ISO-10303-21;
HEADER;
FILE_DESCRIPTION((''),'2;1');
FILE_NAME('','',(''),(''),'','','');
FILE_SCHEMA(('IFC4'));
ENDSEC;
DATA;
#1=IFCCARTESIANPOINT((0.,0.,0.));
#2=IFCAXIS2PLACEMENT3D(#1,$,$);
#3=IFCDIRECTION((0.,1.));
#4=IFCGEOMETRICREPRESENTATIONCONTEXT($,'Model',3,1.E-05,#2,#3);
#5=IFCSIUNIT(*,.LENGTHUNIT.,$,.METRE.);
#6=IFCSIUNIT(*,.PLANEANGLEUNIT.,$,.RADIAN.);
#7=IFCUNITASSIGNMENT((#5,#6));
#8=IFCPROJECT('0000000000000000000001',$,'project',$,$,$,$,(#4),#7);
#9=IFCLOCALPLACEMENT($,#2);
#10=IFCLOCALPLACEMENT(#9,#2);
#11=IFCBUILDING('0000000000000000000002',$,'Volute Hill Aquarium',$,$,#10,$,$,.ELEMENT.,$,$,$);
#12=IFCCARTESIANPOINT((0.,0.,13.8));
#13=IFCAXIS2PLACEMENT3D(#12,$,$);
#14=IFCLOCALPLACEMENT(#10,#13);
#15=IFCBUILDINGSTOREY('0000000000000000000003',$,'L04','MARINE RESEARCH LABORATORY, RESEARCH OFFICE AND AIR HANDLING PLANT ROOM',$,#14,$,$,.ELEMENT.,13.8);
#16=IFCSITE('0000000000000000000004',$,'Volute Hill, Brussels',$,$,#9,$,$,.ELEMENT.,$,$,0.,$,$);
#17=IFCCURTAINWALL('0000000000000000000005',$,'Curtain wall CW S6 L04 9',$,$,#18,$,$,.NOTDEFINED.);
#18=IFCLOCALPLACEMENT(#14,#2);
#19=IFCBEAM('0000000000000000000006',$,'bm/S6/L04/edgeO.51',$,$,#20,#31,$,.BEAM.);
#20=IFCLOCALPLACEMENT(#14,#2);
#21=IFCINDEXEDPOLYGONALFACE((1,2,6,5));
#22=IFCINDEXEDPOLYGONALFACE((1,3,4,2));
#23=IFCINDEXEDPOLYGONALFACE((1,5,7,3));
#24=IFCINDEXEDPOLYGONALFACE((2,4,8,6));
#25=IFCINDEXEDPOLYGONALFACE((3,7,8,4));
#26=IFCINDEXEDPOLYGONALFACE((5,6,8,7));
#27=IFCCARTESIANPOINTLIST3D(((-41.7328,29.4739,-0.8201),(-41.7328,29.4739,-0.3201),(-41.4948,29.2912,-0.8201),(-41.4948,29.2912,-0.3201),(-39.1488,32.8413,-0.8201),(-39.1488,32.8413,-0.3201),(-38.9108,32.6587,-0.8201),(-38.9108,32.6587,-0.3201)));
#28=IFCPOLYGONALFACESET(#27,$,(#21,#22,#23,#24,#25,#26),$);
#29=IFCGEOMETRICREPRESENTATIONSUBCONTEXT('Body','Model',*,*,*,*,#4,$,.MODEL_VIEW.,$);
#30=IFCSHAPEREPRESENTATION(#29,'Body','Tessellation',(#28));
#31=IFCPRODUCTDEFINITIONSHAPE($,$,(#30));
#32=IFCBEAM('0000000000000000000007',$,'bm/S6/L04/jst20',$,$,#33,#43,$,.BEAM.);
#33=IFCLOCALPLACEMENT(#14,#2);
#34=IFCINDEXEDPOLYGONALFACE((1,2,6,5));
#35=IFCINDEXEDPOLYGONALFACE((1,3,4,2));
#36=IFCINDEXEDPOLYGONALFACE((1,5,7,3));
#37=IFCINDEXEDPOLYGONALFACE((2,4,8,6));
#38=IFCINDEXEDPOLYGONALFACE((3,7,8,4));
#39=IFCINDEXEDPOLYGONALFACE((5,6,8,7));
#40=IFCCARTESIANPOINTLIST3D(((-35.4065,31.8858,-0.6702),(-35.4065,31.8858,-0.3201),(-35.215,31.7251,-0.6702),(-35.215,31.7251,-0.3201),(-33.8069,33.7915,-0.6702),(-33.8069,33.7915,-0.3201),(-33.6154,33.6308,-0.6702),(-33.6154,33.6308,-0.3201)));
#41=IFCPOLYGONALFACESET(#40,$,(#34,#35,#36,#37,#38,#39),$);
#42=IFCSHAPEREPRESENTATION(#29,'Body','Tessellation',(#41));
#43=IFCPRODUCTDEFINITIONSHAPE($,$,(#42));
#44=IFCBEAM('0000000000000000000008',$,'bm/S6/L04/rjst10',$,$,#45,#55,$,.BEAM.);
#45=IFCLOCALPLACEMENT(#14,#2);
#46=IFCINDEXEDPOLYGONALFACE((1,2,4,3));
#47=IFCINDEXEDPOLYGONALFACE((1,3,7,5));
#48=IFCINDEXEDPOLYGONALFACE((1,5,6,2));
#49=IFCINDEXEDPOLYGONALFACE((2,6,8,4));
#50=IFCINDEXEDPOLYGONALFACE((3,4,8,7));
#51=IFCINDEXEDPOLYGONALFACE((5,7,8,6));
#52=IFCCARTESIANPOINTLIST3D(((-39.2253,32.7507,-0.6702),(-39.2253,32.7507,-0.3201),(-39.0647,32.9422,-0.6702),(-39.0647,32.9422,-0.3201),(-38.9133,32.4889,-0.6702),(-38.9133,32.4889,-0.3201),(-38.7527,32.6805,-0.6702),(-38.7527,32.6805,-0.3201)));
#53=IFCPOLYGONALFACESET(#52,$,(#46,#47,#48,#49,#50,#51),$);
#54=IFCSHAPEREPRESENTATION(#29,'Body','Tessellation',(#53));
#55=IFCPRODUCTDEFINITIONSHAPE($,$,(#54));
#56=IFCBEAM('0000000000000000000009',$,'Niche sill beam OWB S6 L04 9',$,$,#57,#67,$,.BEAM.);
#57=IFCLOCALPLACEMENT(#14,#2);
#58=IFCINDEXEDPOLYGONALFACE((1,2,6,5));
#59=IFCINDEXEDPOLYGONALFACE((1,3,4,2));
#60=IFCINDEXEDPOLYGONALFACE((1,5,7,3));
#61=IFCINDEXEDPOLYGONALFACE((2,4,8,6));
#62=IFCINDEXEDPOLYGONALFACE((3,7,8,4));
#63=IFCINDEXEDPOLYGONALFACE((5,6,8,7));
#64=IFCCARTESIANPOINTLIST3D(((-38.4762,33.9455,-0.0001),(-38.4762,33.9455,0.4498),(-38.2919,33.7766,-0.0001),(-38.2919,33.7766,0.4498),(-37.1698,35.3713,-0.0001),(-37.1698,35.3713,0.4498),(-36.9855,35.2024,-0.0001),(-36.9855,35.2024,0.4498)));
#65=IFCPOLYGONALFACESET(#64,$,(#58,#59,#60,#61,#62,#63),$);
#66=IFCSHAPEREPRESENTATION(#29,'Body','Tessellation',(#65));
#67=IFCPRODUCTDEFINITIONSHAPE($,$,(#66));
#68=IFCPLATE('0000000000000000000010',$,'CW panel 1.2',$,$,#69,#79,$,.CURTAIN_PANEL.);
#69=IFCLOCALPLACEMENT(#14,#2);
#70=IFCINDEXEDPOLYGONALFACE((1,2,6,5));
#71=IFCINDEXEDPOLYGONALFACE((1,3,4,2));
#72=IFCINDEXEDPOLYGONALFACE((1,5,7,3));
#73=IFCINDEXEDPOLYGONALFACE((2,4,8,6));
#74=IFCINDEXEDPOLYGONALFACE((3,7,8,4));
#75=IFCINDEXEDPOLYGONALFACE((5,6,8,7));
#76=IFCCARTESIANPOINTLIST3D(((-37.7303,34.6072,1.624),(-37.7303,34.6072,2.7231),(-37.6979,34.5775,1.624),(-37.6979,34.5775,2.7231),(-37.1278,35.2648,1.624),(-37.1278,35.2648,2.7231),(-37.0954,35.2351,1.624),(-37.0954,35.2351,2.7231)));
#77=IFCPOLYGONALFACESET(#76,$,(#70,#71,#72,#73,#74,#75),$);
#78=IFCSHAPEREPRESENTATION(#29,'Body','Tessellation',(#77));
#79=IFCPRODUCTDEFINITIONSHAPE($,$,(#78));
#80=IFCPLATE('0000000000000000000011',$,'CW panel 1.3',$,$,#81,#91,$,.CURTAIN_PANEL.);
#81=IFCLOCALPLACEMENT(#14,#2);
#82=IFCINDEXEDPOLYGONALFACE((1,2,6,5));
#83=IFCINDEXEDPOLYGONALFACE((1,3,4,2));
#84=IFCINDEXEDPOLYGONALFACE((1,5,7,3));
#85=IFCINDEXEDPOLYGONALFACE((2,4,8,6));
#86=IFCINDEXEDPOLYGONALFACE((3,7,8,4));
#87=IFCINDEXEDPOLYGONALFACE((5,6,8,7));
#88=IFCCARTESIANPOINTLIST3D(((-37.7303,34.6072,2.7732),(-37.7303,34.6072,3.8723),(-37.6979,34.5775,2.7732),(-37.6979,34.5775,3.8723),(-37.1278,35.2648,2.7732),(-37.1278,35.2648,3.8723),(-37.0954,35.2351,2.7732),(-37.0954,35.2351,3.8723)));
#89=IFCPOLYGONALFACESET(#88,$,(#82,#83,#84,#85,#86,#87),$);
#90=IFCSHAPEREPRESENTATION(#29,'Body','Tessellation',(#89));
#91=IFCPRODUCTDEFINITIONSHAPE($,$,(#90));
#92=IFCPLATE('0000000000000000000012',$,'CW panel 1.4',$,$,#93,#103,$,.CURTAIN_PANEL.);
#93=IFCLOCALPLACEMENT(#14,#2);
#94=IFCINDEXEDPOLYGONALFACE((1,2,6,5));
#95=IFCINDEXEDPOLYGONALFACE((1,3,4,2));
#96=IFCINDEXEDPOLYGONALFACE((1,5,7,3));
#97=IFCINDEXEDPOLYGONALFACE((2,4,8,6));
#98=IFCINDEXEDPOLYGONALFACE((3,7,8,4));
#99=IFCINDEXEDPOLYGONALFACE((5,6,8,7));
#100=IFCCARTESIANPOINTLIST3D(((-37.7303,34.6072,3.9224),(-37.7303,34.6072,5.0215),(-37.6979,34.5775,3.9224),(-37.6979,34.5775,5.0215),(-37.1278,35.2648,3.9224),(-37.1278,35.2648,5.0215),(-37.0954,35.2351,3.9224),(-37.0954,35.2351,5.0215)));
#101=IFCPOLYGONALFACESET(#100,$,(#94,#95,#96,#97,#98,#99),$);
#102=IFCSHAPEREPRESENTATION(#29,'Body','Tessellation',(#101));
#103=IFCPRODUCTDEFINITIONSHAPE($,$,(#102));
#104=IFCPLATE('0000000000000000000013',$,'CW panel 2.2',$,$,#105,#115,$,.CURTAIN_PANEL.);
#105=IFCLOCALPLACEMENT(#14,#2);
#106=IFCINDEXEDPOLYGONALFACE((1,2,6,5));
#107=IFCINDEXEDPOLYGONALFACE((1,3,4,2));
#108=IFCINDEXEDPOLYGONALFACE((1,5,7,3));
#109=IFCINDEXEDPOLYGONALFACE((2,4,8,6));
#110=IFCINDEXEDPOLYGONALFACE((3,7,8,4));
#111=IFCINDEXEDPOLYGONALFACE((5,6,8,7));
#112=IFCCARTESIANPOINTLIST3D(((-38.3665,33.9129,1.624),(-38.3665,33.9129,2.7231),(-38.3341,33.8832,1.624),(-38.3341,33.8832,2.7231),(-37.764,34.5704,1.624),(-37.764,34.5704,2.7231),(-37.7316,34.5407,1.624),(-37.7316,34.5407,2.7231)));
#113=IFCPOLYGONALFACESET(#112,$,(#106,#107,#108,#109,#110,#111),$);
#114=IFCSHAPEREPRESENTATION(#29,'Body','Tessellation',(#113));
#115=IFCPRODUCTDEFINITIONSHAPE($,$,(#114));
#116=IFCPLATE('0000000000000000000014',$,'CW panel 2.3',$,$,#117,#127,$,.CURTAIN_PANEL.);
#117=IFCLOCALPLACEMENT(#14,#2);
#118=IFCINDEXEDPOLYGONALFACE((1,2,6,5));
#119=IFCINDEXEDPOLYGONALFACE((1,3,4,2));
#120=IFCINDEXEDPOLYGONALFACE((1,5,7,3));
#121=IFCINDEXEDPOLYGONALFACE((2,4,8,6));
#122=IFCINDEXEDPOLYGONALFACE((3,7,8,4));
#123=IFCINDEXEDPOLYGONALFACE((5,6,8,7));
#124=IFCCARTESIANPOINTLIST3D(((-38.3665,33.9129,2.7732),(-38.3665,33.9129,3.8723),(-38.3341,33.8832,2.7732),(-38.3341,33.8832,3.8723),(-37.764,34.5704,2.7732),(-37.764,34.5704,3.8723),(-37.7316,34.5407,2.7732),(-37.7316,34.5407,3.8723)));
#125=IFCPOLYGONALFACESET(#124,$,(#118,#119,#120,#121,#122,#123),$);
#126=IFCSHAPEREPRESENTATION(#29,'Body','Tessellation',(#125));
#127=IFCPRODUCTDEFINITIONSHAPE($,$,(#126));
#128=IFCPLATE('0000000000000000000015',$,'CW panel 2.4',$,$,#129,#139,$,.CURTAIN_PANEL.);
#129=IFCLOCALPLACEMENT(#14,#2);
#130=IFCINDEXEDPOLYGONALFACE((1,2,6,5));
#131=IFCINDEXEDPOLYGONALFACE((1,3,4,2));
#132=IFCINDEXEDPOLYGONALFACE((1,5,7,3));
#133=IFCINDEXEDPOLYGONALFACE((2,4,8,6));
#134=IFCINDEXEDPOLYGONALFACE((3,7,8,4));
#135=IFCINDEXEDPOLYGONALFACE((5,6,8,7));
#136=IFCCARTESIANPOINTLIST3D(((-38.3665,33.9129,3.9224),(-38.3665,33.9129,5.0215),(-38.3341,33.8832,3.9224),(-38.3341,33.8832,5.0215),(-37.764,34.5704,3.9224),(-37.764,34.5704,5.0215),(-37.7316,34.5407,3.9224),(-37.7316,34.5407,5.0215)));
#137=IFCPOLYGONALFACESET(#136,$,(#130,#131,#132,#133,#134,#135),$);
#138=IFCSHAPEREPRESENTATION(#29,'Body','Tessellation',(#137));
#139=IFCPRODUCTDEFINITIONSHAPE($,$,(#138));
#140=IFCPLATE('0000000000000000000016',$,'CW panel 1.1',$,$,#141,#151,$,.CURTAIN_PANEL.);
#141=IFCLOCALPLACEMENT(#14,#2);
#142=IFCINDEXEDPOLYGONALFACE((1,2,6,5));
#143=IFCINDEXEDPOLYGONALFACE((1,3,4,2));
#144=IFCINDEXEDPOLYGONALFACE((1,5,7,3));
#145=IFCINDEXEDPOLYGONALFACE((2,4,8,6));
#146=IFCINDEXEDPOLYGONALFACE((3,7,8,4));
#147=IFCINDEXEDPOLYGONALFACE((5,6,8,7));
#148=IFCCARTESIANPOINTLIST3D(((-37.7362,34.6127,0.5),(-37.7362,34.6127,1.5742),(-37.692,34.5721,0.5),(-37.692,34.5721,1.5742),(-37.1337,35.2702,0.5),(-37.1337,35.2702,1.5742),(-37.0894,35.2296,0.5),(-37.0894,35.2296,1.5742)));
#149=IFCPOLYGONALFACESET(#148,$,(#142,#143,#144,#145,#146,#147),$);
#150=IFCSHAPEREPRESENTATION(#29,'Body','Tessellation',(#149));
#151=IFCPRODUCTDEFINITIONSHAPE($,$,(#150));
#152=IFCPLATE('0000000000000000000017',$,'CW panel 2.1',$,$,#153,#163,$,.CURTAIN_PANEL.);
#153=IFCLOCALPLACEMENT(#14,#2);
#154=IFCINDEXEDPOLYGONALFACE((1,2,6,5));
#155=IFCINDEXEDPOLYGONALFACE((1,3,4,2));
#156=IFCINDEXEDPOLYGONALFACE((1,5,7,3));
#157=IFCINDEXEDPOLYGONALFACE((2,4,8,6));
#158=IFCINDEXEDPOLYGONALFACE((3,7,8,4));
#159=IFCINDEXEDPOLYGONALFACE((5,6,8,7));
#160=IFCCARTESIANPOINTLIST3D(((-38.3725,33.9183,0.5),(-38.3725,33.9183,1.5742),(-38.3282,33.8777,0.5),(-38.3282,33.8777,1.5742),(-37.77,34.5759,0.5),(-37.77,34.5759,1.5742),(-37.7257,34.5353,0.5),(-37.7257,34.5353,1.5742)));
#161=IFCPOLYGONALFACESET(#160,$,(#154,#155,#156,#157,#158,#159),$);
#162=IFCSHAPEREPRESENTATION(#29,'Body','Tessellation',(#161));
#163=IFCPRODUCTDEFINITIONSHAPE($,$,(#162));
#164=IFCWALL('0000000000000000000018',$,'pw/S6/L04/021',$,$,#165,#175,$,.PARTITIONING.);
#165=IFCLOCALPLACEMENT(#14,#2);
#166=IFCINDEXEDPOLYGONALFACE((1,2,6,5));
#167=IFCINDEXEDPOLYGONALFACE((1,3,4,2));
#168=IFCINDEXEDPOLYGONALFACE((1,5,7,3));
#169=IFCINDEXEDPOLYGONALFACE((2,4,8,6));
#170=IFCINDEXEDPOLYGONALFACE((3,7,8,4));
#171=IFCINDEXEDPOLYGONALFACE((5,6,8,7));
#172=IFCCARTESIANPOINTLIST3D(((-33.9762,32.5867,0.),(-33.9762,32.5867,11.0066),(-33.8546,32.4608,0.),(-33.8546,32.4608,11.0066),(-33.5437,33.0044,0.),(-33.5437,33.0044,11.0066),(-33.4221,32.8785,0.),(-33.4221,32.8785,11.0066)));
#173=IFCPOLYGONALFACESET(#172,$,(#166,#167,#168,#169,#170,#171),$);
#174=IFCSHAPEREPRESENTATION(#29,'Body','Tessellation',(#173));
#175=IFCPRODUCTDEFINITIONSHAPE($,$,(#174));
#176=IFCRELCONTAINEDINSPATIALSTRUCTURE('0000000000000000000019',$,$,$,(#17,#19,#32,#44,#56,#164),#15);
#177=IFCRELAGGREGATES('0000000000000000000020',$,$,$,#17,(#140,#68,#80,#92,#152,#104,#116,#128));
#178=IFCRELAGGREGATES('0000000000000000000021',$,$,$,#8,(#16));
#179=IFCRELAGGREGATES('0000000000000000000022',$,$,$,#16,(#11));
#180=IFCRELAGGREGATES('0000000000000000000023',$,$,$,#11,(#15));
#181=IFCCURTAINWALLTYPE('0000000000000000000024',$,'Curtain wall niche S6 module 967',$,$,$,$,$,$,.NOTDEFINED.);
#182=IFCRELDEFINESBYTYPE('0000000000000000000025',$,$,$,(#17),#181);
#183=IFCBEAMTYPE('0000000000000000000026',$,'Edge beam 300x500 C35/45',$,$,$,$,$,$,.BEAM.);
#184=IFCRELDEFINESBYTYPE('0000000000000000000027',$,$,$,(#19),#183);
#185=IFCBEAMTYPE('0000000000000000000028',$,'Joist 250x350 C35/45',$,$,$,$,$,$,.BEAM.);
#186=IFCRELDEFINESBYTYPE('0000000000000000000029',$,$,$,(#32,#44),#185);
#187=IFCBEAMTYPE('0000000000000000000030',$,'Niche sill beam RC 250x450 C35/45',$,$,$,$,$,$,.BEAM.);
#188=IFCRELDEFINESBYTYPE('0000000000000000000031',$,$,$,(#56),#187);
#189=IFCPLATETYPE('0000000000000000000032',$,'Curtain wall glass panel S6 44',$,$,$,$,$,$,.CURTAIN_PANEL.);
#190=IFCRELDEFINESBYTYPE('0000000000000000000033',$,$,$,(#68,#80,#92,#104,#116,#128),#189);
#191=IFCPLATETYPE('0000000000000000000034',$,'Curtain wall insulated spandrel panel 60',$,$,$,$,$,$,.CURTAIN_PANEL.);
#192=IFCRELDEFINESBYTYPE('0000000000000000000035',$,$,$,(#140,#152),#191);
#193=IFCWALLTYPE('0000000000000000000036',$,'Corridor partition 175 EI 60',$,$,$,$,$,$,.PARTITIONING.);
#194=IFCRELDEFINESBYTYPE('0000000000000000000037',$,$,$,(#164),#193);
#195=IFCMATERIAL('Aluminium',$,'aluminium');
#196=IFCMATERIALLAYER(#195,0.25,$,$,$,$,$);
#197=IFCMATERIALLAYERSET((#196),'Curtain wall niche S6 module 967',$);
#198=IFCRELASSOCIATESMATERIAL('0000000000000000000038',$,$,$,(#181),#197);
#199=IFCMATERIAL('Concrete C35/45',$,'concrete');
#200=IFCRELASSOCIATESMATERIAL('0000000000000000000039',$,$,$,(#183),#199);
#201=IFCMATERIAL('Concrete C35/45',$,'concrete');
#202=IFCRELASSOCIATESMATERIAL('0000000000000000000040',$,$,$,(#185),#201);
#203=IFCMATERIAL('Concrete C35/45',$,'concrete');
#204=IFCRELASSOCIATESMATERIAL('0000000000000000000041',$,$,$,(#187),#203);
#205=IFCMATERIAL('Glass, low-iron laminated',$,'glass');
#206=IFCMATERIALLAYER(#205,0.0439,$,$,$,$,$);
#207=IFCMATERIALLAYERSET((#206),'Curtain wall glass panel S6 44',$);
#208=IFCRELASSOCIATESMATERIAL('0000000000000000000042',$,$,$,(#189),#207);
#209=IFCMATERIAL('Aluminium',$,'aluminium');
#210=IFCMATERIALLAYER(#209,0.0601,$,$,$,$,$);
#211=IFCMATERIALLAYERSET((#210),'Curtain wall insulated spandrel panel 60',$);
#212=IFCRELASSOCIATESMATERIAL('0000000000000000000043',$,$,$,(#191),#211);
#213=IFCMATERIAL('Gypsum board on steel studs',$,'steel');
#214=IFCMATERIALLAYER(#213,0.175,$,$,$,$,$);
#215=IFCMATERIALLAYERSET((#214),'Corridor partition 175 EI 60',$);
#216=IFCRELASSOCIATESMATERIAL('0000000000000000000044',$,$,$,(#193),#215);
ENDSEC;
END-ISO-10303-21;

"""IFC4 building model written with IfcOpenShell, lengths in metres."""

from ifc_helpers import new_model, si_unit, direction, frame, frame_2d, origin, origin_2d, place, context, subcontext, project, spatial, rectangle, extrude, material, layer, layer_set, material_profile, profile_set, type_object, element, aggregate, save


model = new_model("IFC4")

# Units and contexts
model_context = context("Model", 3, precision=1e-05, world=origin(), true_north=direction((0.0, 1.0)))
body_context = subcontext(model_context, "Body", "Model", "MODEL_VIEW")
ifc_project = project(units=[si_unit("LENGTHUNIT", "METRE"), si_unit("PLANEANGLEUNIT", "RADIAN")], contexts=[model_context])

# Site, building, storey
site_placement = place(None, origin())
site = spatial("IfcSite", under=ifc_project, at=site_placement, Name="Volute Hill, Brussels", CompositionType="ELEMENT", RefElevation=0.0)
building_placement = place(site_placement, origin())
building = spatial("IfcBuilding", under=site, at=building_placement, Name="Volute Hill Aquarium", CompositionType="ELEMENT")
storey_placement = place(building_placement, frame((0.0, 0.0, 13.8)))
storey = spatial("IfcBuildingStorey", under=building, at=storey_placement, Name="L04", Description="MARINE RESEARCH LABORATORY, RESEARCH OFFICE AND AIR HANDLING PLANT ROOM", CompositionType="ELEMENT", Elevation=13.8)

# Shared definitions
ifc_material_1 = material(Name="Aluminium", Category="aluminium")
ifc_layer_1 = layer(ifc_material_1, 0.25)
ifc_layer_set_1 = layer_set([ifc_layer_1], Name="Curtain wall niche S6 module 967")
curtain_wall_type = type_object("IfcCurtainWallType", Name="Curtain wall niche S6 module 967", PredefinedType="NOTDEFINED", material=ifc_layer_set_1)

# Curtain wall
curtain_wall_1_placement = place(storey_placement, origin())
curtain_wall_1 = element("IfcCurtainWall", 1, at=curtain_wall_1_placement, inside=storey, type_object=curtain_wall_type, Name="Curtain wall CW S6 L04 9", PredefinedType="NOTDEFINED")

# Beams
ifc_material_2 = material(Name="Concrete C35/45", Category="concrete")
ifc_material_profile_1 = material_profile(ifc_material_2, rectangle(XDim=0.3, YDim=0.5, at=origin_2d()), Name="RC edge beam 300x500")
ifc_profile_set_1 = profile_set([ifc_material_profile_1], Name="Concrete C35/45")
beam_type_1 = type_object("IfcBeamType", Name="Edge beam 300x500 C35/45", PredefinedType="BEAM", material=ifc_profile_set_1)
beam_1_placement = place(storey_placement, frame((-39.0298, 32.75, -0.5701), z_axis=(-0.608771, -0.793346, 0.0), x_axis=(0.793346, -0.608771, 0.0)))
element("IfcBeam", 2, at=beam_1_placement, inside=storey, type_object=beam_type_1, Name="bm/S6/L04/edgeO.51", PredefinedType="BEAM", context=body_context, shape_type="SweptSolid", body=[
    extrude(rectangle(XDim=0.3, YDim=0.5, at=origin_2d()), origin(), (0.0, 0.0, 1.0), 4.2446),
])
ifc_material_3 = material(Name="Concrete C35/45", Category="concrete")
ifc_material_profile_2 = material_profile(ifc_material_3, rectangle(XDim=0.25, YDim=0.3501, at=origin_2d()), Name="RC joist 250x350")
ifc_profile_set_2 = profile_set([ifc_material_profile_2], Name="Concrete C35/45")
beam_type_2 = type_object("IfcBeamType", Name="Joist 250x350 C35/45", PredefinedType="BEAM", material=ifc_profile_set_2)
beam_2_placement = place(storey_placement, frame((-33.7112, 33.7112, -0.4951), z_axis=(-0.642902, -0.765948, 0.0), x_axis=(0.765948, -0.642902, 0.0)))
element("IfcBeam", 3, at=beam_2_placement, inside=storey, type_object=beam_type_2, Name="bm/S6/L04/jst20", PredefinedType="BEAM", context=body_context, shape_type="SweptSolid", body=[
    extrude(rectangle(XDim=0.25, YDim=0.3501, at=origin_2d()), origin(), (0.0, 0.0, 1.0), 2.488),
])
beam_3_placement = place(storey_placement, frame((-38.833, 32.5847, -0.4951), z_axis=(-0.766153, 0.642658, 0.0), x_axis=(-0.642658, -0.766153, 0.0)))
element("IfcBeam", 4, at=beam_3_placement, inside=storey, type_object=beam_type_2, Name="bm/S6/L04/rjst10", PredefinedType="BEAM", context=body_context, shape_type="SweptSolid", body=[
    extrude(rectangle(XDim=0.25, YDim=0.3501, at=origin_2d()), origin(), (0.0, 0.0, 1.0), 0.4072),
])
ifc_material_4 = material(Name="Concrete C35/45", Category="concrete")
ifc_material_profile_3 = material_profile(ifc_material_4, rectangle(XDim=0.25, YDim=0.45, at=origin_2d()), Name="RC beam 250x450")
ifc_profile_set_3 = profile_set([ifc_material_profile_3], Name="Concrete C35/45")
beam_type_3 = type_object("IfcBeamType", Name="Niche sill beam RC 250x450 C35/45", PredefinedType="BEAM", material=ifc_profile_set_3)
beam_4_placement = place(storey_placement, frame((-37.0776, 35.2869, 0.2249), z_axis=(-0.675565, -0.737301, 0.0), x_axis=(0.737301, -0.675565, 0.0)))
element("IfcBeam", 5, at=beam_4_placement, inside=storey, type_object=beam_type_3, Name="Niche sill beam OWB S6 L04 9", PredefinedType="BEAM", context=body_context, shape_type="SweptSolid", body=[
    extrude(rectangle(XDim=0.25, YDim=0.45, at=origin_2d()), origin(), (0.0, 0.0, 1.0), 1.9338),
])

# Plates
ifc_material_5 = material(Name="Glass, low-iron laminated", Category="glass")
ifc_layer_2 = layer(ifc_material_5, 0.0439)
ifc_layer_set_2 = layer_set([ifc_layer_2], Name="Curtain wall glass panel S6 44")
plate_type_1 = type_object("IfcPlateType", Name="Curtain wall glass panel S6 44", PredefinedType="CURTAIN_PANEL", material=ifc_layer_set_2)
plate_1_placement = place(storey_placement, frame((-37.4128, 34.9211, 1.624), z_axis=(0.0, 0.0, 1.0), x_axis=(-0.675582, -0.737285, 0.0)))
plate_1 = element("IfcPlate", 6, at=plate_1_placement, type_object=plate_type_1, Name="CW panel 1.2", PredefinedType="CURTAIN_PANEL", context=body_context, shape_type="SweptSolid", body=[
    extrude(rectangle(XDim=0.8918, YDim=0.0439, at=origin_2d()), origin(), (0.0, 0.0, 1.0), 1.0991),
])
plate_2_placement = place(storey_placement, frame((-37.4128, 34.9211, 2.7732), z_axis=(0.0, 0.0, 1.0), x_axis=(-0.675582, -0.737285, 0.0)))
plate_2 = element("IfcPlate", 7, at=plate_2_placement, type_object=plate_type_1, Name="CW panel 1.3", PredefinedType="CURTAIN_PANEL", context=body_context, shape_type="SweptSolid", body=[
    extrude(rectangle(XDim=0.8918, YDim=0.0439, at=origin_2d()), origin(), (0.0, 0.0, 1.0), 1.0991),
])
plate_3_placement = place(storey_placement, frame((-37.4128, 34.9211, 3.9224), z_axis=(0.0, 0.0, 1.0), x_axis=(-0.675582, -0.737285, 0.0)))
plate_3 = element("IfcPlate", 8, at=plate_3_placement, type_object=plate_type_1, Name="CW panel 1.4", PredefinedType="CURTAIN_PANEL", context=body_context, shape_type="SweptSolid", body=[
    extrude(rectangle(XDim=0.8918, YDim=0.0439, at=origin_2d()), origin(), (0.0, 0.0, 1.0), 1.0991),
])
plate_4_placement = place(storey_placement, frame((-38.0491, 34.2268, 1.624), z_axis=(0.0, 0.0, 1.0), x_axis=(-0.675582, -0.737285, 0.0)))
plate_4 = element("IfcPlate", 9, at=plate_4_placement, type_object=plate_type_1, Name="CW panel 2.2", PredefinedType="CURTAIN_PANEL", context=body_context, shape_type="SweptSolid", body=[
    extrude(rectangle(XDim=0.8918, YDim=0.0439, at=origin_2d()), origin(), (0.0, 0.0, 1.0), 1.0991),
])
plate_5_placement = place(storey_placement, frame((-38.0491, 34.2268, 2.7732), z_axis=(0.0, 0.0, 1.0), x_axis=(-0.675582, -0.737285, 0.0)))
plate_5 = element("IfcPlate", 10, at=plate_5_placement, type_object=plate_type_1, Name="CW panel 2.3", PredefinedType="CURTAIN_PANEL", context=body_context, shape_type="SweptSolid", body=[
    extrude(rectangle(XDim=0.8918, YDim=0.0439, at=origin_2d()), origin(), (0.0, 0.0, 1.0), 1.0991),
])
plate_6_placement = place(storey_placement, frame((-38.0491, 34.2268, 3.9224), z_axis=(0.0, 0.0, 1.0), x_axis=(-0.675582, -0.737285, 0.0)))
plate_6 = element("IfcPlate", 11, at=plate_6_placement, type_object=plate_type_1, Name="CW panel 2.4", PredefinedType="CURTAIN_PANEL", context=body_context, shape_type="SweptSolid", body=[
    extrude(rectangle(XDim=0.8918, YDim=0.0439, at=origin_2d()), origin(), (0.0, 0.0, 1.0), 1.0991),
])
ifc_material_6 = material(Name="Aluminium", Category="aluminium")
ifc_layer_3 = layer(ifc_material_6, 0.0601)
ifc_layer_set_3 = layer_set([ifc_layer_3], Name="Curtain wall insulated spandrel panel 60")
plate_type_2 = type_object("IfcPlateType", Name="Curtain wall insulated spandrel panel 60", PredefinedType="CURTAIN_PANEL", material=ifc_layer_set_3)
plate_7_placement = place(storey_placement, frame((-37.4128, 34.9211, 0.5), z_axis=(0.0, 0.0, 1.0), x_axis=(-0.675582, -0.737285, 0.0)))
plate_7 = element("IfcPlate", 12, at=plate_7_placement, type_object=plate_type_2, Name="CW panel 1.1", PredefinedType="CURTAIN_PANEL", context=body_context, shape_type="SweptSolid", body=[
    extrude(rectangle(XDim=0.8918, YDim=0.0601, at=origin_2d()), origin(), (0.0, 0.0, 1.0), 1.0742),
])
plate_8_placement = place(storey_placement, frame((-38.0491, 34.2268, 0.5), z_axis=(0.0, 0.0, 1.0), x_axis=(-0.675582, -0.737285, 0.0)))
plate_8 = element("IfcPlate", 13, at=plate_8_placement, type_object=plate_type_2, Name="CW panel 2.1", PredefinedType="CURTAIN_PANEL", context=body_context, shape_type="SweptSolid", body=[
    extrude(rectangle(XDim=0.8918, YDim=0.0601, at=origin_2d()), origin(), (0.0, 0.0, 1.0), 1.0742),
])
aggregate(curtain_wall_1, [plate_7, plate_1, plate_2, plate_3, plate_8, plate_4, plate_5, plate_6])

# Wall
ifc_material_7 = material(Name="Gypsum board on steel studs", Category="steel")
ifc_layer_4 = layer(ifc_material_7, 0.175)
ifc_layer_set_4 = layer_set([ifc_layer_4], Name="Corridor partition 175 EI 60")
wall_type_1 = type_object("IfcWallType", Name="Corridor partition 175 EI 60", PredefinedType="PARTITIONING", material=ifc_layer_set_4)
wall_1_placement = place(storey_placement, frame((-33.9155, 32.5237, 0.0), z_axis=(0.0, 0.0, 1.0), x_axis=(0.71938, 0.694616, 0.0)))
element("IfcWall", 14, at=wall_1_placement, inside=storey, type_object=wall_type_1, Name="pw/S6/L04/021", PredefinedType="PARTITIONING", context=body_context, shape_type="SweptSolid", body=[
    extrude(rectangle(XDim=0.6013, YDim=0.175, at=frame_2d((0.3008, 0.0))), origin(), (0.0, 0.0, 1.0), 11.0066),
])

save(model, "model.ifc")
